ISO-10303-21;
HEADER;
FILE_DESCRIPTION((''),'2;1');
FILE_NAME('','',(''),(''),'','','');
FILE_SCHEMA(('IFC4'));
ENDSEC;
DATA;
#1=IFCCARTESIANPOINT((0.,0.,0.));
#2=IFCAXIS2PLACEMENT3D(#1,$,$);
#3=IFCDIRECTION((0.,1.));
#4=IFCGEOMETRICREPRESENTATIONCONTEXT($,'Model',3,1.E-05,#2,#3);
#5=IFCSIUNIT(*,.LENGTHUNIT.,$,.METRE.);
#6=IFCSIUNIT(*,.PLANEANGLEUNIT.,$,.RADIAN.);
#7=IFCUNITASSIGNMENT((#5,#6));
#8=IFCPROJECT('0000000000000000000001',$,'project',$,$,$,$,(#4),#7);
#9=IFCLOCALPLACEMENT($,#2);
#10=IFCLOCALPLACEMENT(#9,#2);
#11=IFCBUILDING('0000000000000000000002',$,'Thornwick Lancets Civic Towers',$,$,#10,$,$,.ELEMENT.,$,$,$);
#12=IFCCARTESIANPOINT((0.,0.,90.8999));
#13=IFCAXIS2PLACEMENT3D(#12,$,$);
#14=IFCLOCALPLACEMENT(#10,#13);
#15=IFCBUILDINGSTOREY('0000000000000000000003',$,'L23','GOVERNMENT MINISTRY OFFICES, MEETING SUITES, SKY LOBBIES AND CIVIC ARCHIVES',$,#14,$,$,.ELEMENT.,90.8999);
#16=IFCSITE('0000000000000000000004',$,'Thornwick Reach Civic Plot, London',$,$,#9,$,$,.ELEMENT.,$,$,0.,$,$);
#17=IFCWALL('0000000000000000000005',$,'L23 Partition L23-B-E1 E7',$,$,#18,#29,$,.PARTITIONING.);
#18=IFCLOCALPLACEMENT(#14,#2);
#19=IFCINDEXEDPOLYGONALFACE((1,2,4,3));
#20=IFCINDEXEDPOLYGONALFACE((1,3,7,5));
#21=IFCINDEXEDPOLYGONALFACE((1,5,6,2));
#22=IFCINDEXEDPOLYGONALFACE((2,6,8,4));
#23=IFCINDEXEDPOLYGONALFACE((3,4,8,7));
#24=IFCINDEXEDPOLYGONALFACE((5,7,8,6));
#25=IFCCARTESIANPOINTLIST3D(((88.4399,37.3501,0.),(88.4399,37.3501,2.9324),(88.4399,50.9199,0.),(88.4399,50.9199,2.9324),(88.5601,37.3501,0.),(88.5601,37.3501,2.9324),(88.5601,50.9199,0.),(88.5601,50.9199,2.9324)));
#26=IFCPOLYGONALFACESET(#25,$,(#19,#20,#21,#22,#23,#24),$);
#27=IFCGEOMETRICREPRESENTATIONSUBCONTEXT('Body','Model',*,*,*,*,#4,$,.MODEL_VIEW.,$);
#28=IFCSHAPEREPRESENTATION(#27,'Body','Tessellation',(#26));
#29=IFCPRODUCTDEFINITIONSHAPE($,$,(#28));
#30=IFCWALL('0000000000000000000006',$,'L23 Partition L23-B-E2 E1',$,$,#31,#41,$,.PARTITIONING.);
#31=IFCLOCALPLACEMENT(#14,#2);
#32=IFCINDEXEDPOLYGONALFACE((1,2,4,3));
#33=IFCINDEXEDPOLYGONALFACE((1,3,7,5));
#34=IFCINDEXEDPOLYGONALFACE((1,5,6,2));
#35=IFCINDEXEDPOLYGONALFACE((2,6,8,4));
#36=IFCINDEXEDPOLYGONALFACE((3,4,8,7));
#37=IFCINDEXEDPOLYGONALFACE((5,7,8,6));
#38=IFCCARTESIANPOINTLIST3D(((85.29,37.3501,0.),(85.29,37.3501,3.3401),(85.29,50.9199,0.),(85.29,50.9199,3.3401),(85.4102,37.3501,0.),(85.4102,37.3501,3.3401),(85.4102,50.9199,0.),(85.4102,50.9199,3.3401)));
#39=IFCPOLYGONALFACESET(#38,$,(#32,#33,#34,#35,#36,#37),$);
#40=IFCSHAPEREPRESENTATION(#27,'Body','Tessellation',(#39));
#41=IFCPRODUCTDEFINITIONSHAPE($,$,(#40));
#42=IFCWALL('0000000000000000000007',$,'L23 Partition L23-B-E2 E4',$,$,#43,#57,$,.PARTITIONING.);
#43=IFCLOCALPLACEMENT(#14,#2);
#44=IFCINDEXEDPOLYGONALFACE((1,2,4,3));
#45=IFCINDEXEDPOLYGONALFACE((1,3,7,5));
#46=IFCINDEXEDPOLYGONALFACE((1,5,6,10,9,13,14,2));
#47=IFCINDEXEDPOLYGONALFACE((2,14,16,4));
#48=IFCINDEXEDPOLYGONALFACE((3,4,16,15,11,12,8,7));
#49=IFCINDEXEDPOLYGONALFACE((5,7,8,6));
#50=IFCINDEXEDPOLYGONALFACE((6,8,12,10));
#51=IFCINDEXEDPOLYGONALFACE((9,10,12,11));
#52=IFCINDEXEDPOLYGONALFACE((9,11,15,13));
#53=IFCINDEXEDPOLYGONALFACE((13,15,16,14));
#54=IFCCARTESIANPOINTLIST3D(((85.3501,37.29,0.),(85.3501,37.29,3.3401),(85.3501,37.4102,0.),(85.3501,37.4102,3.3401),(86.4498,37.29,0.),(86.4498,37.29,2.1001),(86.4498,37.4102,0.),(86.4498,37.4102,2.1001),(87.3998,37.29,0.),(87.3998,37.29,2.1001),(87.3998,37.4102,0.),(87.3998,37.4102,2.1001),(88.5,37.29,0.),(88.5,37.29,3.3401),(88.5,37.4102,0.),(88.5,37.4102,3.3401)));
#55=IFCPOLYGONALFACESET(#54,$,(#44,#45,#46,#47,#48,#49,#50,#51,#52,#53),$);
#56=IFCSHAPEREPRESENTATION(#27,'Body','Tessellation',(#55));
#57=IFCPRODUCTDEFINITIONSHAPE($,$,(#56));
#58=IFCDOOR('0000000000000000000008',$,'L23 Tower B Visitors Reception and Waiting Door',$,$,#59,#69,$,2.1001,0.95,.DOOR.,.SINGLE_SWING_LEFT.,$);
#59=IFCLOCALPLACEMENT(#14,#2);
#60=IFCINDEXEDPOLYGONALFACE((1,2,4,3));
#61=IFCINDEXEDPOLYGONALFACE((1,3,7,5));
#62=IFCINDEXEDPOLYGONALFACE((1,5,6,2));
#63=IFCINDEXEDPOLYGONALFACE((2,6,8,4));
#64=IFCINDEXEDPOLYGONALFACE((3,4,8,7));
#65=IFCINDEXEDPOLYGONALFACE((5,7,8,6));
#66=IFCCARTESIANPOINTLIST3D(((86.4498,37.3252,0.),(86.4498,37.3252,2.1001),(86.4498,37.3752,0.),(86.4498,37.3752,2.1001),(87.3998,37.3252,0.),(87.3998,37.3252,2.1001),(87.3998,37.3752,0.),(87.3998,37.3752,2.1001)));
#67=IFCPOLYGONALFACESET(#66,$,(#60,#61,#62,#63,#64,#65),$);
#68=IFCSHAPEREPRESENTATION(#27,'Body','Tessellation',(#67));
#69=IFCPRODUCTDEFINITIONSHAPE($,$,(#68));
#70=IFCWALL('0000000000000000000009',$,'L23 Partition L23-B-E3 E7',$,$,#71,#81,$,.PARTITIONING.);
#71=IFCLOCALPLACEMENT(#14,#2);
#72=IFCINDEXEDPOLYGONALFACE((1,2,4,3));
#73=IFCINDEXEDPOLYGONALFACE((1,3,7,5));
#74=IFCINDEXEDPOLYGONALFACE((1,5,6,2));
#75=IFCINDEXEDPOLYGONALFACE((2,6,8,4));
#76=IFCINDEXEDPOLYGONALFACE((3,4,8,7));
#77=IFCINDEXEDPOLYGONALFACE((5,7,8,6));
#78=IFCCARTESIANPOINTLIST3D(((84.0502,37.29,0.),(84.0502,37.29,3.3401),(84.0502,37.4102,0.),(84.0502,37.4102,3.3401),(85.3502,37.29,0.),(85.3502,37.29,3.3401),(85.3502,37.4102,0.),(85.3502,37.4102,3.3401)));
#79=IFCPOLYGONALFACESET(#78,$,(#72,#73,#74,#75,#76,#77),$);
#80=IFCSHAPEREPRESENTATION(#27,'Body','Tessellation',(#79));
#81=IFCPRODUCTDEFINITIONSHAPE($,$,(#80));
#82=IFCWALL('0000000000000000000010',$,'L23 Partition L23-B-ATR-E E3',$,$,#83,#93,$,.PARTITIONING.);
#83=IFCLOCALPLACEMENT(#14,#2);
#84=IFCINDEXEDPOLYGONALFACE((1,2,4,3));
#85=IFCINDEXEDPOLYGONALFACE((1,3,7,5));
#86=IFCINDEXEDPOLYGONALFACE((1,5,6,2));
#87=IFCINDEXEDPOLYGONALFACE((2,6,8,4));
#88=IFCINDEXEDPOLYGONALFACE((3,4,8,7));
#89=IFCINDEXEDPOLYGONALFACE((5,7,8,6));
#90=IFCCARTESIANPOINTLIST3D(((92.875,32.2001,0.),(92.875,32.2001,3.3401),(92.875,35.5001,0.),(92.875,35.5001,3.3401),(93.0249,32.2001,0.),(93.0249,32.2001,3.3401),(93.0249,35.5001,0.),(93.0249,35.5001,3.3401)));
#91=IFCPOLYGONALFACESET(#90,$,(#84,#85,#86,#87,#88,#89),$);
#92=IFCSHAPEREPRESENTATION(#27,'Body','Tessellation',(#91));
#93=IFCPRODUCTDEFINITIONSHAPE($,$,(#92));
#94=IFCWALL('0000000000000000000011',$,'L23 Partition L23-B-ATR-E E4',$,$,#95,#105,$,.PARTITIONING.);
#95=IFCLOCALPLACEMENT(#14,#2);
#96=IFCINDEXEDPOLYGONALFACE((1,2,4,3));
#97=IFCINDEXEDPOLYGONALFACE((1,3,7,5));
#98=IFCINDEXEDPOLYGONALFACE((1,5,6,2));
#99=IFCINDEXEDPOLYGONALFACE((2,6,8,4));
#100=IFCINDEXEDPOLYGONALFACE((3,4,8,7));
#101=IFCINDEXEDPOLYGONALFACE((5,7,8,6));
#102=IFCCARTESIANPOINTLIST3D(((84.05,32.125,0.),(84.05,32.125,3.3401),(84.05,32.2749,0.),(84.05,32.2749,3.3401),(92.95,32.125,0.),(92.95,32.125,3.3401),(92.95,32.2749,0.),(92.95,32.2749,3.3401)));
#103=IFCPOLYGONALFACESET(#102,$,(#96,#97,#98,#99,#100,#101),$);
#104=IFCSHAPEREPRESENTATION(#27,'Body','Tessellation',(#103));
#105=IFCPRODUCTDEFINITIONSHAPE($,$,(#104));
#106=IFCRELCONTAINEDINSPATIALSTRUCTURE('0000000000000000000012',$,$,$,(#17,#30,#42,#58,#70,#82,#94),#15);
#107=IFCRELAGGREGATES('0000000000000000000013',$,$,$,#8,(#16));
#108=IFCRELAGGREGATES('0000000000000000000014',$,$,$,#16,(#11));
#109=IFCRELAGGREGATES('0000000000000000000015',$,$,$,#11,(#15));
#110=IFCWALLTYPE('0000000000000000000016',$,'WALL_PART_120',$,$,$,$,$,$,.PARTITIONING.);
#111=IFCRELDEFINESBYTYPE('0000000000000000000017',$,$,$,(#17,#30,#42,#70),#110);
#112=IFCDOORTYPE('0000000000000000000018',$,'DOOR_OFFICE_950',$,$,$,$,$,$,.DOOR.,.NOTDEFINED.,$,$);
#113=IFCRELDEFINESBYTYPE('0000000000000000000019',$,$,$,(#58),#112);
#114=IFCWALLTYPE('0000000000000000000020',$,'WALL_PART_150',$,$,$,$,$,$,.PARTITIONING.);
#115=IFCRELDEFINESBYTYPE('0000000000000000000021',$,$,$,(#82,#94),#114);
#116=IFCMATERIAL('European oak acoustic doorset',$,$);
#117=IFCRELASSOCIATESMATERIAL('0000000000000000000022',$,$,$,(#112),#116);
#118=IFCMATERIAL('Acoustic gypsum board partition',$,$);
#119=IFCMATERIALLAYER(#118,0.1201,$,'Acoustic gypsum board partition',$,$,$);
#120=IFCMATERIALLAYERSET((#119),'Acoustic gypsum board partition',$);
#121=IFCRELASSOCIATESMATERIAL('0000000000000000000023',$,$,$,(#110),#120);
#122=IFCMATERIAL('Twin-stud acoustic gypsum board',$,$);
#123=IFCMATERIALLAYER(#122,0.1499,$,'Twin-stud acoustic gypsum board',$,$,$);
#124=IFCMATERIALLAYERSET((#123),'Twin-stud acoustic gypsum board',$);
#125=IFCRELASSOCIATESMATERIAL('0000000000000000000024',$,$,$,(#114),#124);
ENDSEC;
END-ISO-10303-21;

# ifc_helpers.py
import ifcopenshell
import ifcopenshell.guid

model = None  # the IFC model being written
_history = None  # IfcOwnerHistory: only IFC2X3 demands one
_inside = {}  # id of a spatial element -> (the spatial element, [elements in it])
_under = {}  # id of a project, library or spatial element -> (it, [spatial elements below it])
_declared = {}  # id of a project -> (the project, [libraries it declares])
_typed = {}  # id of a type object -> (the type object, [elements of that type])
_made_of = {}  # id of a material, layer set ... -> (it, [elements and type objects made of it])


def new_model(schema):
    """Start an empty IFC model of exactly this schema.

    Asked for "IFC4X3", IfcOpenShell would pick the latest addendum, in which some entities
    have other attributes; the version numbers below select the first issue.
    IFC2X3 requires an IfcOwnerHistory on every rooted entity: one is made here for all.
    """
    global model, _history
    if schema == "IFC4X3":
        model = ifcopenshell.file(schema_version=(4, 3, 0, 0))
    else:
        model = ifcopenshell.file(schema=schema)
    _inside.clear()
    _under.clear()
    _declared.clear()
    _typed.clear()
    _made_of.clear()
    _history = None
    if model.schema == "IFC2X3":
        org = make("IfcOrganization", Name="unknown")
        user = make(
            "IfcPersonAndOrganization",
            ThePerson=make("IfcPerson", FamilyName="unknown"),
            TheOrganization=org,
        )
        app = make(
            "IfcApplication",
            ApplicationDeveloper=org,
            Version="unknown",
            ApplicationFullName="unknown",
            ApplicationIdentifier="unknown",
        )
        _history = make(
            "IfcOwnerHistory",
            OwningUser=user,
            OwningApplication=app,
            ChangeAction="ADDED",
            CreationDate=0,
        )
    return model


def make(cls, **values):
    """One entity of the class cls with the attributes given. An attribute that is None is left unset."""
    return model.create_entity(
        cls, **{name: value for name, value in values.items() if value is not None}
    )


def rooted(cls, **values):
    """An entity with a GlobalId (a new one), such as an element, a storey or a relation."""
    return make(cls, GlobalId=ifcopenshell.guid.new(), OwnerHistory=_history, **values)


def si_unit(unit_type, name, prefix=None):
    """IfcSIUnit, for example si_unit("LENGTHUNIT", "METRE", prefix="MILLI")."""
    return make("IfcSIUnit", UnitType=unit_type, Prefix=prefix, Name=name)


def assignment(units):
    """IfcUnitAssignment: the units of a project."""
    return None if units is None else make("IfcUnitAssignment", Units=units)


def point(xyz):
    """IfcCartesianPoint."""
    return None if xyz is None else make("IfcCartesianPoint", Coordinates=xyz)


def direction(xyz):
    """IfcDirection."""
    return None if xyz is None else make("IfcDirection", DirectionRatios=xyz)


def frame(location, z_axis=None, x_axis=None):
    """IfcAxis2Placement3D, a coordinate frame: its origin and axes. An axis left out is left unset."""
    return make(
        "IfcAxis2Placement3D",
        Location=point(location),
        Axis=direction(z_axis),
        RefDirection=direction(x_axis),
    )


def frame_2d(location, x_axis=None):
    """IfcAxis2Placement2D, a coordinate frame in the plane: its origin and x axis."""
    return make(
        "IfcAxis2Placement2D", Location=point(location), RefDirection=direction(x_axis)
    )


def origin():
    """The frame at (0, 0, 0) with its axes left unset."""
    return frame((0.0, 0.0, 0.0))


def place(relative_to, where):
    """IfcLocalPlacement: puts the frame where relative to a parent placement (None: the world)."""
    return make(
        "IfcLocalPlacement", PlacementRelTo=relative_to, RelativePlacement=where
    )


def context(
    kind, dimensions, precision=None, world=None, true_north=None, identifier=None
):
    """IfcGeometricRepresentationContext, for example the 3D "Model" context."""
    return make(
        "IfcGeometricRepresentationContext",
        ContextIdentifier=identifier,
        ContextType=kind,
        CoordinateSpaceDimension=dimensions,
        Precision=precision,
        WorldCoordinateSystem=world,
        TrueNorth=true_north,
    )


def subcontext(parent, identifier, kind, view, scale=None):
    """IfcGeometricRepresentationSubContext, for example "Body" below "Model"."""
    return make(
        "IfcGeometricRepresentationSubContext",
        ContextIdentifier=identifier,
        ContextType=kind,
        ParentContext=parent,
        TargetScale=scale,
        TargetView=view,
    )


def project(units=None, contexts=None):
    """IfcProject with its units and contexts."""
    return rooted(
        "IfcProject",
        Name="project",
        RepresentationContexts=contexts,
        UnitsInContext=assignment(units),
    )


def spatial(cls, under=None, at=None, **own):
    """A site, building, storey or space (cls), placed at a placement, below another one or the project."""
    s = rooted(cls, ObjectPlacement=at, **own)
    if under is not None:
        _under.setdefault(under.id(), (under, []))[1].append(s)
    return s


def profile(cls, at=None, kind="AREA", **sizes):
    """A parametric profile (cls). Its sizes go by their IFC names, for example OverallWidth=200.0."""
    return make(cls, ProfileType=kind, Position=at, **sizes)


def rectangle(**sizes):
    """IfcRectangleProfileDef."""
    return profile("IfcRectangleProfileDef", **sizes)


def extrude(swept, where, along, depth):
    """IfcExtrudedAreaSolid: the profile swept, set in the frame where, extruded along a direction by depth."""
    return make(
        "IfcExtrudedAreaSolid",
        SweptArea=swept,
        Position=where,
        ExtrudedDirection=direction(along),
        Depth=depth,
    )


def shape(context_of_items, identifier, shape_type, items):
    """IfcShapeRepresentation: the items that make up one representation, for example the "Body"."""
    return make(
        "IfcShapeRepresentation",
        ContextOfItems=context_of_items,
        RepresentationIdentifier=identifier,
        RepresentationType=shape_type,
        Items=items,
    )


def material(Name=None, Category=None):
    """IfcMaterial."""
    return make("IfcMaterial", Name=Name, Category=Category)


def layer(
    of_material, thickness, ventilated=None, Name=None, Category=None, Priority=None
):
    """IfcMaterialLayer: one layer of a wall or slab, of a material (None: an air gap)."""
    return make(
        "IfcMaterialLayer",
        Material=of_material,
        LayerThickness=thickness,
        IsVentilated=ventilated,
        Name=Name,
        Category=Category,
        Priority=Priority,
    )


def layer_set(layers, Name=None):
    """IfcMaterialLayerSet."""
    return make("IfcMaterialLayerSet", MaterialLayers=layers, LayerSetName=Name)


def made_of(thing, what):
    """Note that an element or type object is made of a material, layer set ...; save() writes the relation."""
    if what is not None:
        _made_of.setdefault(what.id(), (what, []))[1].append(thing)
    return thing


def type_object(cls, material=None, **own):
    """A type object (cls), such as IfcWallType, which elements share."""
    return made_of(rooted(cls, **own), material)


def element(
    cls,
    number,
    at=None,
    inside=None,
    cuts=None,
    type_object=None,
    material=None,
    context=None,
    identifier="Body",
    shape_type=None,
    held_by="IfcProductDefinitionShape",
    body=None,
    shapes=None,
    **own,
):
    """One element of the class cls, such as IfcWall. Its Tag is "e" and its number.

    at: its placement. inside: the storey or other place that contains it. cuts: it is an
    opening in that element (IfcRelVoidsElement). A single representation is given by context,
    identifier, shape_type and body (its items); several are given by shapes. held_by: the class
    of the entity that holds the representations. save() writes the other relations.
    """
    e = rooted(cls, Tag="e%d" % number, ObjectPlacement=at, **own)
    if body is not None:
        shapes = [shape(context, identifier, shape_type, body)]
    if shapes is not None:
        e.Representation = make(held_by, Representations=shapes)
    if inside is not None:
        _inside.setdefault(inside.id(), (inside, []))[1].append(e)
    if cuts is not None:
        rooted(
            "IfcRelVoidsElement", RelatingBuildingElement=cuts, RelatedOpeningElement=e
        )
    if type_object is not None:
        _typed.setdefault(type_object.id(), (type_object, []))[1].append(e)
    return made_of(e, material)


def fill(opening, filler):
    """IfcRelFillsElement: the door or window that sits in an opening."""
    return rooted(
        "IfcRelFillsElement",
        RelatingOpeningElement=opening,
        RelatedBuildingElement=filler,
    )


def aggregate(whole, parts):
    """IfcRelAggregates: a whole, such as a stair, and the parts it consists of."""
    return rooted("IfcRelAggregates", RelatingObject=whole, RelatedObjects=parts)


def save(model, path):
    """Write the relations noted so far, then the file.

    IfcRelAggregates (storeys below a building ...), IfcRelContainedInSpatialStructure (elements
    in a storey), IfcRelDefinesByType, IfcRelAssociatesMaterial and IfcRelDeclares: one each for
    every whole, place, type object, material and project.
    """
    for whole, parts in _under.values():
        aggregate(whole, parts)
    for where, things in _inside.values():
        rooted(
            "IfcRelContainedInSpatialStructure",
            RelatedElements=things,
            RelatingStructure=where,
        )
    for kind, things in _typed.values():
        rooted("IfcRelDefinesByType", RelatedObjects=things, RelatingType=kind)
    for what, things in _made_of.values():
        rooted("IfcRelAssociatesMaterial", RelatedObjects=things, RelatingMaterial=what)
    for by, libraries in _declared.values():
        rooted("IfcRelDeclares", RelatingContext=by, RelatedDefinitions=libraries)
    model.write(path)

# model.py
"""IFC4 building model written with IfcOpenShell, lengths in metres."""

from ifc_helpers import new_model, si_unit, direction, frame, frame_2d, origin, place, context, subcontext, project, spatial, rectangle, extrude, material, layer, layer_set, type_object, element, fill, save


model = new_model("IFC4")

# Units and contexts
model_context = context("Model", 3, precision=1e-05, world=origin(), true_north=direction((0.0, 1.0)))
body_context = subcontext(model_context, "Body", "Model", "MODEL_VIEW")
ifc_project = project(units=[si_unit("LENGTHUNIT", "METRE"), si_unit("PLANEANGLEUNIT", "RADIAN")], contexts=[model_context])

# Site, building, storey
site_placement = place(None, origin())
site = spatial("IfcSite", under=ifc_project, at=site_placement, Name="Thornwick Reach Civic Plot, London", CompositionType="ELEMENT", RefElevation=0.0)
building_placement = place(site_placement, origin())
building = spatial("IfcBuilding", under=site, at=building_placement, Name="Thornwick Lancets Civic Towers", CompositionType="ELEMENT")
storey_placement = place(building_placement, frame((0.0, 0.0, 90.8999)))
storey = spatial("IfcBuildingStorey", under=building, at=storey_placement, Name="L23", Description="GOVERNMENT MINISTRY OFFICES, MEETING SUITES, SKY LOBBIES AND CIVIC ARCHIVES", CompositionType="ELEMENT", Elevation=90.8999)

# Shared definitions
ifc_material_1 = material(Name="European oak acoustic doorset")
door_type_1 = type_object("IfcDoorType", Name="DOOR_OFFICE_950", OperationType="NOTDEFINED", PredefinedType="DOOR", material=ifc_material_1)

# Walls
ifc_material_2 = material(Name="Acoustic gypsum board partition")
ifc_layer_1 = layer(ifc_material_2, 0.1201, Name="Acoustic gypsum board partition")
ifc_layer_set_1 = layer_set([ifc_layer_1], Name="Acoustic gypsum board partition")
wall_type_1 = type_object("IfcWallType", Name="WALL_PART_120", PredefinedType="PARTITIONING", material=ifc_layer_set_1)
wall_1_placement = place(storey_placement, frame((88.5, 37.3501, 0.0), z_axis=(0.0, 0.0, 1.0), x_axis=(0.0, 1.0, 0.0)))
element("IfcWall", 1, at=wall_1_placement, inside=storey, type_object=wall_type_1, Name="L23 Partition L23-B-E1 E7", PredefinedType="PARTITIONING", context=body_context, shape_type="SweptSolid", body=[
    extrude(rectangle(XDim=13.5698, YDim=0.1201, at=frame_2d((6.7849, 0.0))), origin(), (0.0, 0.0, 1.0), 2.9324),
])
wall_2_placement = place(storey_placement, frame((85.3501, 37.3501, 0.0), z_axis=(0.0, 0.0, 1.0), x_axis=(0.0, 1.0, 0.0)))
element("IfcWall", 2, at=wall_2_placement, inside=storey, type_object=wall_type_1, Name="L23 Partition L23-B-E2 E1", PredefinedType="PARTITIONING", context=body_context, shape_type="SweptSolid", body=[
    extrude(rectangle(XDim=13.5698, YDim=0.1201, at=frame_2d((6.7849, 0.0))), origin(), (0.0, 0.0, 1.0), 3.3401),
])

# Wall, opening, door
wall_3_placement = place(storey_placement, frame((88.5, 37.3501, 0.0), z_axis=(0.0, 0.0, 1.0), x_axis=(-1.0, 0.0, 0.0)))
wall_3 = element("IfcWall", 3, at=wall_3_placement, inside=storey, type_object=wall_type_1, Name="L23 Partition L23-B-E2 E4", PredefinedType="PARTITIONING", context=body_context, shape_type="SweptSolid", body=[
    extrude(rectangle(XDim=3.1499, YDim=0.1201, at=frame_2d((1.575, 0.0))), origin(), (0.0, 0.0, 1.0), 3.3401),
])
opening_1_placement = place(wall_3_placement, frame((1.1001, 0.0, 0.0)))
opening_1 = element("IfcOpeningElement", 4, at=opening_1_placement, cuts=wall_3, PredefinedType="OPENING", context=body_context, shape_type="SweptSolid", body=[
    extrude(rectangle(XDim=0.95, YDim=2.1001, at=frame_2d((0.4751, 1.05))), frame((0.0, 0.0701, 0.0), z_axis=(0.0, -1.0, 0.0), x_axis=(1.0, 0.0, 0.0)), (0.0, 0.0, 1.0), 0.1401),
])
door_1_placement = place(opening_1_placement, origin())
door_1 = element("IfcDoor", 5, at=door_1_placement, inside=storey, type_object=door_type_1, Name="L23 Tower B Visitors Reception and Waiting Door", OperationType="SINGLE_SWING_LEFT", OverallHeight=2.1001, OverallWidth=0.95, PredefinedType="DOOR", context=body_context, shape_type="SweptSolid", body=[
    extrude(rectangle(XDim=0.95, YDim=2.1001, at=frame_2d((0.4751, 1.05))), frame((0.0, 0.0249, 0.0), z_axis=(0.0, -1.0, 0.0), x_axis=(1.0, 0.0, 0.0)), (0.0, 0.0, 1.0), 0.05),
])
fill(opening_1, door_1)

# Walls
wall_4_placement = place(storey_placement, frame((85.3501, 37.3501, 0.0), z_axis=(0.0, 0.0, 1.0), x_axis=(-1.0, 0.0, 0.0)))
element("IfcWall", 6, at=wall_4_placement, inside=storey, type_object=wall_type_1, Name="L23 Partition L23-B-E3 E7", PredefinedType="PARTITIONING", context=body_context, shape_type="SweptSolid", body=[
    extrude(rectangle(XDim=1.3, YDim=0.1201, at=frame_2d((0.6499, 0.0))), origin(), (0.0, 0.0, 1.0), 3.3401),
])
ifc_material_3 = material(Name="Twin-stud acoustic gypsum board")
ifc_layer_2 = layer(ifc_material_3, 0.1499, Name="Twin-stud acoustic gypsum board")
ifc_layer_set_2 = layer_set([ifc_layer_2], Name="Twin-stud acoustic gypsum board")
wall_type_2 = type_object("IfcWallType", Name="WALL_PART_150", PredefinedType="PARTITIONING", material=ifc_layer_set_2)
wall_5_placement = place(storey_placement, frame((92.95, 35.5, 0.0), z_axis=(0.0, 0.0, 1.0), x_axis=(0.0, -1.0, 0.0)))
element("IfcWall", 7, at=wall_5_placement, inside=storey, type_object=wall_type_2, Name="L23 Partition L23-B-ATR-E E3", PredefinedType="PARTITIONING", context=body_context, shape_type="SweptSolid", body=[
    extrude(rectangle(XDim=3.3, YDim=0.1499, at=frame_2d((1.6499, 0.0))), origin(), (0.0, 0.0, 1.0), 3.3401),
])
wall_6_placement = place(storey_placement, frame((92.95, 32.2, 0.0), z_axis=(0.0, 0.0, 1.0), x_axis=(-1.0, 0.0, 0.0)))
element("IfcWall", 8, at=wall_6_placement, inside=storey, type_object=wall_type_2, Name="L23 Partition L23-B-ATR-E E4", PredefinedType="PARTITIONING", context=body_context, shape_type="SweptSolid", body=[
    extrude(rectangle(XDim=8.8999, YDim=0.1499, at=frame_2d((4.45, 0.0))), origin(), (0.0, 0.0, 1.0), 3.3401),
])

save(model, "model.ifc")
